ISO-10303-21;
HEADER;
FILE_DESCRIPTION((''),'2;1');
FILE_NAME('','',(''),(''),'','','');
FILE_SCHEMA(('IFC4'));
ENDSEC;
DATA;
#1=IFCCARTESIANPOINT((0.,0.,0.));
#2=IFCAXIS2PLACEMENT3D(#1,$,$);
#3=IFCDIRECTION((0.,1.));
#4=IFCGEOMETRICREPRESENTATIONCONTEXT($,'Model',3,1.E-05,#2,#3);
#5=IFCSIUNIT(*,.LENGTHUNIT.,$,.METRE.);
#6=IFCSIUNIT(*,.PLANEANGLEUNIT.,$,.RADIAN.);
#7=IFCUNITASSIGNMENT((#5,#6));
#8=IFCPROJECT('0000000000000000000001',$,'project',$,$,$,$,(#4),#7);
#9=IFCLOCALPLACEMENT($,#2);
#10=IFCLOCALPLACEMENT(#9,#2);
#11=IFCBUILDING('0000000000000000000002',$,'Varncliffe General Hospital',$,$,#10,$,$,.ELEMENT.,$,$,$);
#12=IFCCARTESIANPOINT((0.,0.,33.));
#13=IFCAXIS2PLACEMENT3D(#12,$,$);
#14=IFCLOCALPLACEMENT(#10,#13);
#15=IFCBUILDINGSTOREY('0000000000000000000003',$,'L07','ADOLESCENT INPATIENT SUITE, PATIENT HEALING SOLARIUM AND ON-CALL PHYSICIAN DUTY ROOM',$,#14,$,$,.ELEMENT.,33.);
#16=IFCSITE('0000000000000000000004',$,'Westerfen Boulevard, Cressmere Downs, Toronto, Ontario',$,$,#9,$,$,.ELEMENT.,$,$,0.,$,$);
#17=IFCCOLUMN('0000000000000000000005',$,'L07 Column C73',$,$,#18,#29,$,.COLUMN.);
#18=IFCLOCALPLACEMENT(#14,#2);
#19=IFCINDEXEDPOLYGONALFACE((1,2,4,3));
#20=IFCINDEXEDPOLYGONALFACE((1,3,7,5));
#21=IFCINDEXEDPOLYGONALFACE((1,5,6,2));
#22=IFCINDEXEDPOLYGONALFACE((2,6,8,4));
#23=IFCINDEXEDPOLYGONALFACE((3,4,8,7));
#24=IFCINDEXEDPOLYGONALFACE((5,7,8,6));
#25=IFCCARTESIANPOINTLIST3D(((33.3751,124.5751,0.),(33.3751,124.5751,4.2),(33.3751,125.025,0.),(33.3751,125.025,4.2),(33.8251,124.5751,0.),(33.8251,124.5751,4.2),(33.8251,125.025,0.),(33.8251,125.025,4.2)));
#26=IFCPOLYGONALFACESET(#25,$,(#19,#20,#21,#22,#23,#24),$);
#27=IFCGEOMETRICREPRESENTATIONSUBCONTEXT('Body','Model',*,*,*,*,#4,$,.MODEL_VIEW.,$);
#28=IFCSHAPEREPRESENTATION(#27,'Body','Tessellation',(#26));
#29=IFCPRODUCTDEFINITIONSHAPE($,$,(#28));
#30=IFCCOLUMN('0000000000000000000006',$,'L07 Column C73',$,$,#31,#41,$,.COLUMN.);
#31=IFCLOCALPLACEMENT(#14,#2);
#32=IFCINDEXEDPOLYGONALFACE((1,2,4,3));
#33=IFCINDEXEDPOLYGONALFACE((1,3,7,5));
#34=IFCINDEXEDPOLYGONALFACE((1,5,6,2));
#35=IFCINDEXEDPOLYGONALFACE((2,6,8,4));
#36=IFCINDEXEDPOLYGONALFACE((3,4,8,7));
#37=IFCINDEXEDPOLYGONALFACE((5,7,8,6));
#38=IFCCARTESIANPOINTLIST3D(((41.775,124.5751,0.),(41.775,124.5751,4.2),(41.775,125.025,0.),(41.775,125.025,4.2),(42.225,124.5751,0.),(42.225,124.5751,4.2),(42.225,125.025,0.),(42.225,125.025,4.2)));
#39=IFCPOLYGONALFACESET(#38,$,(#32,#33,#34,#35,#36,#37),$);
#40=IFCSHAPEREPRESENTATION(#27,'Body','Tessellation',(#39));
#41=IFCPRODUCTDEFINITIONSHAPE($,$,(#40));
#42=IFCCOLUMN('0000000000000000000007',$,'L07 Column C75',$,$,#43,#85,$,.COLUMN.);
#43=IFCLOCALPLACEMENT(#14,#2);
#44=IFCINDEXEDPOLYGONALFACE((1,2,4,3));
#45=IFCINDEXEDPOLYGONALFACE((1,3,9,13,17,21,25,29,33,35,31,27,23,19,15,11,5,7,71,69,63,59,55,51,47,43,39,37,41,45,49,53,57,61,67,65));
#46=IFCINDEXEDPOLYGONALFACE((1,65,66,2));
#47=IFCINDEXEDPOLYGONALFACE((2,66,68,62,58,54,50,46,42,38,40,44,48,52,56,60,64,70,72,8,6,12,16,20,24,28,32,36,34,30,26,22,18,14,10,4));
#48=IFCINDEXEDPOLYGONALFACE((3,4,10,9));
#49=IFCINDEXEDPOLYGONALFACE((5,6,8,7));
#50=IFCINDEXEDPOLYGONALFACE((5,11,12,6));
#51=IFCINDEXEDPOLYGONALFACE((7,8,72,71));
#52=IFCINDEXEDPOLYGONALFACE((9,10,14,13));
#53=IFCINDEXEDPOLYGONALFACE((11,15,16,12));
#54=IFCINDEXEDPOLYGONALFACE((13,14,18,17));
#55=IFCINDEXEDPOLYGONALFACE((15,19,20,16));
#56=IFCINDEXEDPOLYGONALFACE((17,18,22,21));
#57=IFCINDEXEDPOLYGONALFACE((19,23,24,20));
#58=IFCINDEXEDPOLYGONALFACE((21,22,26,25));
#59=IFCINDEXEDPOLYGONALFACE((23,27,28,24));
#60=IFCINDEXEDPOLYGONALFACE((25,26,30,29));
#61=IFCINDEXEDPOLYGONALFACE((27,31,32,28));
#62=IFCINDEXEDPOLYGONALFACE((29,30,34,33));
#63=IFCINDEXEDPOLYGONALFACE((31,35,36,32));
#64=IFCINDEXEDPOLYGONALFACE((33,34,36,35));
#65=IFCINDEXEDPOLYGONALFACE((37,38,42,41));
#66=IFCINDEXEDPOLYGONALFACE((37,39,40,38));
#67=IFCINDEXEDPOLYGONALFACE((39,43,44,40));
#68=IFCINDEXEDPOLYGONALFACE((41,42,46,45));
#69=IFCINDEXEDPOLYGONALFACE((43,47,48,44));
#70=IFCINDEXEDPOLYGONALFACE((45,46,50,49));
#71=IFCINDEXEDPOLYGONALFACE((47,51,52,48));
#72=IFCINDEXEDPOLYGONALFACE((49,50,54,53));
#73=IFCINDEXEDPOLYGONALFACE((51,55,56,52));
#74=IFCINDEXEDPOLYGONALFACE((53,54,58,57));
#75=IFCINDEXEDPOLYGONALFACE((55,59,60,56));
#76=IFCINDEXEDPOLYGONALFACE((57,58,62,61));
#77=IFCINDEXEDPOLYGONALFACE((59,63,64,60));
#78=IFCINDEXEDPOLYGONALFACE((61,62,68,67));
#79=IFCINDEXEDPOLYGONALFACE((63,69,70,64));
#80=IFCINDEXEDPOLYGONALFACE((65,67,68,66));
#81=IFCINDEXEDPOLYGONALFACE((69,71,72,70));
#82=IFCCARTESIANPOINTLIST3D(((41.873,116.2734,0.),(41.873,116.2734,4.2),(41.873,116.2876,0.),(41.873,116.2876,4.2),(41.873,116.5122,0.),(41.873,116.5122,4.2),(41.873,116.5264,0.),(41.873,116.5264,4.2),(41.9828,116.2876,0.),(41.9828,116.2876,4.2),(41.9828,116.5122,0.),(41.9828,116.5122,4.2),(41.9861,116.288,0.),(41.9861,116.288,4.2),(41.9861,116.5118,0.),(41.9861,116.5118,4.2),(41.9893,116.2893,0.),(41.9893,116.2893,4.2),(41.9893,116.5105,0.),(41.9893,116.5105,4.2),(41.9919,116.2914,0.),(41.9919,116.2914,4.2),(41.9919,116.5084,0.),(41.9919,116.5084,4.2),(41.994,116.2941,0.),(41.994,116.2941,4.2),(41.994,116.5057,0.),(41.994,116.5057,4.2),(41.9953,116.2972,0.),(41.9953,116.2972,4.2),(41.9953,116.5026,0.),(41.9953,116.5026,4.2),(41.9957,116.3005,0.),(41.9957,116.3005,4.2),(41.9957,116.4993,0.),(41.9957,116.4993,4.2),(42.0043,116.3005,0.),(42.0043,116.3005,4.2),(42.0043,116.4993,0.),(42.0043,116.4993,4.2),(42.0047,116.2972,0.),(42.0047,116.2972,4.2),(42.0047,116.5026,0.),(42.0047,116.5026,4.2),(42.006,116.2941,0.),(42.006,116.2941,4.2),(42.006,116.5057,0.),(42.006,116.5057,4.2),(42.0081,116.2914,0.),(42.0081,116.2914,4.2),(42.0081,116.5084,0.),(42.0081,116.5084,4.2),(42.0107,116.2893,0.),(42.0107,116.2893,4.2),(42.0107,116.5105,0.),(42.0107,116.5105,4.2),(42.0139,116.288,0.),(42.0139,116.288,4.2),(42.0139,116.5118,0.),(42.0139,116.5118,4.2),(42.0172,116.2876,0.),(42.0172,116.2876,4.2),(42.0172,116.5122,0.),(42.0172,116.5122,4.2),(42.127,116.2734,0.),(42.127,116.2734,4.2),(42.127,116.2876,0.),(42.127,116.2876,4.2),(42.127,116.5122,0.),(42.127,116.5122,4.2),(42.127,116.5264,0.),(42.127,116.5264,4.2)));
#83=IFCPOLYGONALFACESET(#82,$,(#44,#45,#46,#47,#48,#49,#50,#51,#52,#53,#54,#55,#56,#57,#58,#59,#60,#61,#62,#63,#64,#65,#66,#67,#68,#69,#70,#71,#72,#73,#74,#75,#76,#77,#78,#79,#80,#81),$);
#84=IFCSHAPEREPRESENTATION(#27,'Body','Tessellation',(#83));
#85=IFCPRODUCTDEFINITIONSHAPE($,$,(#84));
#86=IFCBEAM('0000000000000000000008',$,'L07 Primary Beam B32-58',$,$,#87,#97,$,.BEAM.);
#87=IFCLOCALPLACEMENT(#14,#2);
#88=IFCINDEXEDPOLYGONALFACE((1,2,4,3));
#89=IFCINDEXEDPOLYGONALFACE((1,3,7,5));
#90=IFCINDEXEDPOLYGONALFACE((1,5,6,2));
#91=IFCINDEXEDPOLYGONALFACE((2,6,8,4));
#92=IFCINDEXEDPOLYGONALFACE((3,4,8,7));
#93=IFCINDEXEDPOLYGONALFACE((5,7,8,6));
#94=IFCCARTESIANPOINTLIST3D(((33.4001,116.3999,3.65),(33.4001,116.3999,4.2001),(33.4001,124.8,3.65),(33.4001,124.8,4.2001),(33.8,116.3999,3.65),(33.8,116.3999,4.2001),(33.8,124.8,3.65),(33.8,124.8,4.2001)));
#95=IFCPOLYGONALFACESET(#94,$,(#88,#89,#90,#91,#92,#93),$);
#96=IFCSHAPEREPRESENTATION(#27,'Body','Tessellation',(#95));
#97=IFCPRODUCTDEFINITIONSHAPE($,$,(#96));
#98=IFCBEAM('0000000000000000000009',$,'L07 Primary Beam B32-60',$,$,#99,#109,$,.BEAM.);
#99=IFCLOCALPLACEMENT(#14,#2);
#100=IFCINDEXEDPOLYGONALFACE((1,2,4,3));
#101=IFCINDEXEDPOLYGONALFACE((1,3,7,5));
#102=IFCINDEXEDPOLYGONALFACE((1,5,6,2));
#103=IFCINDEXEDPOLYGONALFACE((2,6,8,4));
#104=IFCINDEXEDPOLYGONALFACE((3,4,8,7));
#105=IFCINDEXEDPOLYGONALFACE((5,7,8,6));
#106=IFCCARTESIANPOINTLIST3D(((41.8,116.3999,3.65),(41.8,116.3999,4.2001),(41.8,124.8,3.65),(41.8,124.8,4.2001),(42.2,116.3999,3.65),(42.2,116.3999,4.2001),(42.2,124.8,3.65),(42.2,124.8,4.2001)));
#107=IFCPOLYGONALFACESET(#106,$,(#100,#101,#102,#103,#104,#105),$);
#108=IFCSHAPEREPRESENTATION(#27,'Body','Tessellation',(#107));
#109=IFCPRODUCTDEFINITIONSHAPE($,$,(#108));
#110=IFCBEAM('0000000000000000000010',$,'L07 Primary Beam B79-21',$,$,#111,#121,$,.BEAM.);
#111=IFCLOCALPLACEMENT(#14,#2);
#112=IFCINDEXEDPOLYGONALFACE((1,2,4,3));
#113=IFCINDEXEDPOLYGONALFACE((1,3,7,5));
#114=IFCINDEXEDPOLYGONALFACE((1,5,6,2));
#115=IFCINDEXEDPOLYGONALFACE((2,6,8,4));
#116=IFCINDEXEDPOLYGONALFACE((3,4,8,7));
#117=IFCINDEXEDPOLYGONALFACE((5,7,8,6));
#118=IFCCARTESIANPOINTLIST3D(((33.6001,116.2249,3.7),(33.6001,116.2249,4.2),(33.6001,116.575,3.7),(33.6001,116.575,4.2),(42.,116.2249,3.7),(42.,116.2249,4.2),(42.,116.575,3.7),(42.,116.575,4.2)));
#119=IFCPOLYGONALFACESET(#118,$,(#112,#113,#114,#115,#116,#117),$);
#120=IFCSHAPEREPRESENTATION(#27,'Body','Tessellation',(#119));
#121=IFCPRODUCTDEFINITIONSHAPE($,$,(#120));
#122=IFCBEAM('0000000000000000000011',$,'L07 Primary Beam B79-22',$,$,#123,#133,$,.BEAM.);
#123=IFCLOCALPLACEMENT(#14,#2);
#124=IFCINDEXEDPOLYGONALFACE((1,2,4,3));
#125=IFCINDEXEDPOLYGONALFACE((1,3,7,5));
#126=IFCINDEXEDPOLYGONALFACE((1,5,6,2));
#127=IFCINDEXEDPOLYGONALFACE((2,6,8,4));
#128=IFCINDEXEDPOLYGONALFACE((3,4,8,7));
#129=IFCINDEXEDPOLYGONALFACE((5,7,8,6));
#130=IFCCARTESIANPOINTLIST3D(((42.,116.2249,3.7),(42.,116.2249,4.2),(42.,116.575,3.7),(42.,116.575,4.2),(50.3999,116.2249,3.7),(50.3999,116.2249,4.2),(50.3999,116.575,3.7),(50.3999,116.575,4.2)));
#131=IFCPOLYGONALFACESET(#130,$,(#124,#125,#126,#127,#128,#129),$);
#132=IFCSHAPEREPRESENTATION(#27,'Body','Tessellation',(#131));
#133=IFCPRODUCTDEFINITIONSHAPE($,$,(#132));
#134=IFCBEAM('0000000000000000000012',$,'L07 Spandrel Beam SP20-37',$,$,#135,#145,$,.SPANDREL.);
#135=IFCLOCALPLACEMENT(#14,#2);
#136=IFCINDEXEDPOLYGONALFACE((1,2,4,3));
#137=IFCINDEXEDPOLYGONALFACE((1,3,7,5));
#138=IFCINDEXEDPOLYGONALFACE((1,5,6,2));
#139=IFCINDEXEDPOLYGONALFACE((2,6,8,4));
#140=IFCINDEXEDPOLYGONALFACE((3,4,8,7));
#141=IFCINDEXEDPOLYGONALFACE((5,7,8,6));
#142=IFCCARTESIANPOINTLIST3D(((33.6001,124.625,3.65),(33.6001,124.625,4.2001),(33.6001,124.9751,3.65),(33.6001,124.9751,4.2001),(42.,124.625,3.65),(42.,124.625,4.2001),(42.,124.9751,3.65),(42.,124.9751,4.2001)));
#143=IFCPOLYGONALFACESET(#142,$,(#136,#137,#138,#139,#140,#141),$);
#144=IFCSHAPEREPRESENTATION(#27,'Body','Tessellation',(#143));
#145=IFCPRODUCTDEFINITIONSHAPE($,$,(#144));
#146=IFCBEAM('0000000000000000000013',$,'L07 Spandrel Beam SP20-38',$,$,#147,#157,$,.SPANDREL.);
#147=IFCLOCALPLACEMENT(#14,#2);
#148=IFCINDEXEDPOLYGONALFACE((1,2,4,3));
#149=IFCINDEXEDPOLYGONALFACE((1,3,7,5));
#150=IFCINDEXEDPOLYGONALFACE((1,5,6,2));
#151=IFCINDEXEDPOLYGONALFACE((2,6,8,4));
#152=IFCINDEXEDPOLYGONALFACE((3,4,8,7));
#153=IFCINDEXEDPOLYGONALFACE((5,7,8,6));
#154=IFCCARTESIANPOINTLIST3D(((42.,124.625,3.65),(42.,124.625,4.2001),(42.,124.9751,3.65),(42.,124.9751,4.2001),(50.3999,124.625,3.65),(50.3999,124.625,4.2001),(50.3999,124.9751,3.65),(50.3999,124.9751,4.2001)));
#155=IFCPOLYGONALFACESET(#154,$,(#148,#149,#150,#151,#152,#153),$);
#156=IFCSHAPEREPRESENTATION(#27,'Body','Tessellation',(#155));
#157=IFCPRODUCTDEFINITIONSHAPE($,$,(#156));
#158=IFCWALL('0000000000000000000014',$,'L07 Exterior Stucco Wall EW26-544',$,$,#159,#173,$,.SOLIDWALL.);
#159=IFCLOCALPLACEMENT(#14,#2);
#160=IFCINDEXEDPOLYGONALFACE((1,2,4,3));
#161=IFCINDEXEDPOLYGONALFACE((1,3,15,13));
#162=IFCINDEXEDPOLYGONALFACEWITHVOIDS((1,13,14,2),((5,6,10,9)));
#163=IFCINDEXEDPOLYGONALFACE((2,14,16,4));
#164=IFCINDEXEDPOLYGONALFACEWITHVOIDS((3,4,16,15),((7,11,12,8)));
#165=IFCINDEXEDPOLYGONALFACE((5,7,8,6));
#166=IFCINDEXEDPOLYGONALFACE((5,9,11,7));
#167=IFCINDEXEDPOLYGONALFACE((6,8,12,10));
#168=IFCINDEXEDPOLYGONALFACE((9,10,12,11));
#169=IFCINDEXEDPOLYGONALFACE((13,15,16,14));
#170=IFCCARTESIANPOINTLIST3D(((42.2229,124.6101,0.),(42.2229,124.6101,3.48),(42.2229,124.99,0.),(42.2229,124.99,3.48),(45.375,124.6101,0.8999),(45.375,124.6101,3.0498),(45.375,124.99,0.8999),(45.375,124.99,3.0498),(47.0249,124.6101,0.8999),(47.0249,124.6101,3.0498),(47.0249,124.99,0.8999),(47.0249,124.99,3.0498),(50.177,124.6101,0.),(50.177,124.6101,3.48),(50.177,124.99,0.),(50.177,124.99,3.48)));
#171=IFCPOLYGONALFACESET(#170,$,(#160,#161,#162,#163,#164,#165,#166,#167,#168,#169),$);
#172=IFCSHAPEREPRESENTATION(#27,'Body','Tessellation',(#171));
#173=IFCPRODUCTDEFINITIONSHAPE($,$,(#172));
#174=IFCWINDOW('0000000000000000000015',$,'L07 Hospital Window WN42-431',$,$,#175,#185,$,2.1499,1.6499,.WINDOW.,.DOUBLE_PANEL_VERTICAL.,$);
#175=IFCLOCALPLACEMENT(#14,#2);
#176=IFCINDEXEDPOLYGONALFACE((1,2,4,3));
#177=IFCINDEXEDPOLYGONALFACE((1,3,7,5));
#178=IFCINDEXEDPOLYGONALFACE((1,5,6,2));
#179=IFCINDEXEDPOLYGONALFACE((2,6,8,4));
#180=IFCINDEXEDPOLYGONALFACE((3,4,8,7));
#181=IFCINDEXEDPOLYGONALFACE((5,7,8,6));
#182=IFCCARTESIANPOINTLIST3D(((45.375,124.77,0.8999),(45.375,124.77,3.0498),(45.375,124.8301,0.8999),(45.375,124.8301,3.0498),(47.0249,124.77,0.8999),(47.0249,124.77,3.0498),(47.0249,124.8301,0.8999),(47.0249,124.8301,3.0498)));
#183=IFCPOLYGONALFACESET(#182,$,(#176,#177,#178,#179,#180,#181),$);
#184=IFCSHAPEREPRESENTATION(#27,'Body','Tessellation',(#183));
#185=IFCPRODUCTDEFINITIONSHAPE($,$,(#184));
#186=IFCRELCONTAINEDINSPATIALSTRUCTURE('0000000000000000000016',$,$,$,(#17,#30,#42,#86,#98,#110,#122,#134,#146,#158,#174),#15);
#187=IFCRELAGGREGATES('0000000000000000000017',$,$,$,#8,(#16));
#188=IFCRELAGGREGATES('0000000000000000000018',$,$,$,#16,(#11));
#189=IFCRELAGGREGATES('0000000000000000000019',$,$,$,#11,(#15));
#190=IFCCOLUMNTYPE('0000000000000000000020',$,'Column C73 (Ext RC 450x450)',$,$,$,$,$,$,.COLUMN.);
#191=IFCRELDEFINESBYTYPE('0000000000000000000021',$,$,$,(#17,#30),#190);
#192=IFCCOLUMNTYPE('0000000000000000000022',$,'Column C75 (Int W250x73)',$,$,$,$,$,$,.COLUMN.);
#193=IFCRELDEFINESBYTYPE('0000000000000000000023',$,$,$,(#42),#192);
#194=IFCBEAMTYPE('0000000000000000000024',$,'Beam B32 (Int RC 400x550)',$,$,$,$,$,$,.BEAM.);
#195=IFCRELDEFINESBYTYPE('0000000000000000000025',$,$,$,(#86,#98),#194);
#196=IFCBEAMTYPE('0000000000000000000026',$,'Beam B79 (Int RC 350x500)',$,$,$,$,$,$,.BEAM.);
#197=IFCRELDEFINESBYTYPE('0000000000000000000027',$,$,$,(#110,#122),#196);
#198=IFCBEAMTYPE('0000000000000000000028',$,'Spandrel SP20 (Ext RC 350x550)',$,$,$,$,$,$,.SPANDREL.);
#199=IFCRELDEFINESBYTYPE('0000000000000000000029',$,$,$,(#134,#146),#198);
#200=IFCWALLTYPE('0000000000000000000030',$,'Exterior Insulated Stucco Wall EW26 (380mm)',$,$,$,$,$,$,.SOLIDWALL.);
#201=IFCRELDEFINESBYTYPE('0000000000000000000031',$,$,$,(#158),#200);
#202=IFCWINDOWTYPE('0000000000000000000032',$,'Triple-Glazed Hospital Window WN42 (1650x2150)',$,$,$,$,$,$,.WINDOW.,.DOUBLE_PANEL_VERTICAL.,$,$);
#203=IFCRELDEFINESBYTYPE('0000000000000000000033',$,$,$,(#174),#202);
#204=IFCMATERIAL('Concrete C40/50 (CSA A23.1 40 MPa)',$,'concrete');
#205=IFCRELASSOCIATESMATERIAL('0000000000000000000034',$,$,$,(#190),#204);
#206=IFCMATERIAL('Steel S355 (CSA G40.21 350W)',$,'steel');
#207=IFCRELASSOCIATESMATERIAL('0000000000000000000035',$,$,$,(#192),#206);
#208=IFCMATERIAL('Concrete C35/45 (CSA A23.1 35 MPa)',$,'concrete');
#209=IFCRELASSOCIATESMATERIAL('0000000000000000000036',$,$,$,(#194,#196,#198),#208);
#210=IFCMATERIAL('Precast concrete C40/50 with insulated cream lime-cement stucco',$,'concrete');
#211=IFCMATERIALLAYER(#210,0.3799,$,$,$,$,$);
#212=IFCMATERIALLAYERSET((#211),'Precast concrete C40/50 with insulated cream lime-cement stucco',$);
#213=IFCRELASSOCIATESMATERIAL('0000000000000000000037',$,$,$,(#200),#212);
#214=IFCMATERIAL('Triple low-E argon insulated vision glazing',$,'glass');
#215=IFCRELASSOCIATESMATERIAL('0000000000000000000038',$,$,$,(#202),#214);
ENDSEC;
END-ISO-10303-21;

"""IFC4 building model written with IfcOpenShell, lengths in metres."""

from ifc_helpers import new_model, si_unit, direction, frame, frame_2d, origin, origin_2d, place, context, subcontext, project, spatial, rectangle, i_section, extrude, material, layer, layer_set, material_profile, profile_set, type_object, element, fill, save


model = new_model("IFC4")

# Units and contexts
model_context = context("Model", 3, precision=1e-05, world=origin(), true_north=direction((0.0, 1.0)))
body_context = subcontext(model_context, "Body", "Model", "MODEL_VIEW")
ifc_project = project(units=[si_unit("LENGTHUNIT", "METRE"), si_unit("PLANEANGLEUNIT", "RADIAN")], contexts=[model_context])

# Site, building, storey
site_placement = place(None, origin())
site = spatial("IfcSite", under=ifc_project, at=site_placement, Name="Westerfen Boulevard, Cressmere Downs, Toronto, Ontario", CompositionType="ELEMENT", RefElevation=0.0)
building_placement = place(site_placement, origin())
building = spatial("IfcBuilding", under=site, at=building_placement, Name="Varncliffe General Hospital", CompositionType="ELEMENT")
storey_placement = place(building_placement, frame((0.0, 0.0, 33.0)))
storey = spatial("IfcBuildingStorey", under=building, at=storey_placement, Name="L07", Description="ADOLESCENT INPATIENT SUITE, PATIENT HEALING SOLARIUM AND ON-CALL PHYSICIAN DUTY ROOM", CompositionType="ELEMENT", Elevation=33.0)

# Columns
ifc_material_1 = material(Name="Concrete C40/50 (CSA A23.1 40 MPa)", Category="concrete")
ifc_material_profile_1 = material_profile(ifc_material_1, rectangle(XDim=0.45, YDim=0.45, at=origin_2d()), Name="RC 450x450")
ifc_profile_set_1 = profile_set([ifc_material_profile_1], Name="Concrete C40/50 (CSA A23.1 40 MPa)")
column_type_1 = type_object("IfcColumnType", Name="Column C73 (Ext RC 450x450)", PredefinedType="COLUMN", material=ifc_profile_set_1)
for number, where, z_axis, x_axis, name in (
    (1, (33.6001, 124.8, 0.0), (0.0, 0.0, 1.0), (1.0, 0.0, 0.0), "L07 Column C73"),
    (2, (42.0, 124.8, 0.0), (0.0, 0.0, 1.0), (1.0, 0.0, 0.0), "L07 Column C73"),
):
    element("IfcColumn", number, at=place(storey_placement, frame(where, z_axis=z_axis, x_axis=x_axis)), inside=storey, type_object=column_type_1, Name=name, PredefinedType="COLUMN", context=body_context, shape_type="SweptSolid", body=[
        extrude(rectangle(XDim=0.45, YDim=0.45, at=origin_2d()), origin(), (0.0, 0.0, 1.0), 4.2),
    ])
ifc_material_2 = material(Name="Steel S355 (CSA G40.21 350W)", Category="steel")
ifc_material_profile_2 = material_profile(ifc_material_2, i_section(OverallWidth=0.2539, OverallDepth=0.2529, WebThickness=0.0085, FlangeThickness=0.0142, FilletRadius=0.0129, at=origin_2d()), Name="W250x73")
ifc_profile_set_2 = profile_set([ifc_material_profile_2], Name="Steel S355 (CSA G40.21 350W)")
column_type_2 = type_object("IfcColumnType", Name="Column C75 (Int W250x73)", PredefinedType="COLUMN", material=ifc_profile_set_2)
column_placement = place(storey_placement, frame((42.0, 116.3999, 0.0), z_axis=(0.0, 0.0, 1.0), x_axis=(1.0, 0.0, 0.0)))
element("IfcColumn", 3, at=column_placement, inside=storey, type_object=column_type_2, Name="L07 Column C75", PredefinedType="COLUMN", context=body_context, shape_type="SweptSolid", body=[
    extrude(i_section(OverallWidth=0.2539, OverallDepth=0.2529, WebThickness=0.0085, FlangeThickness=0.0142, FilletRadius=0.0129, at=origin_2d()), origin(), (0.0, 0.0, 1.0), 4.2),
])

# Beams
ifc_material_3 = material(Name="Concrete C35/45 (CSA A23.1 35 MPa)", Category="concrete")
ifc_material_profile_3 = material_profile(ifc_material_3, rectangle(XDim=0.3999, YDim=0.55, at=origin_2d()), Name="RC 400x550")
ifc_profile_set_3 = profile_set([ifc_material_profile_3], Name="Concrete C35/45 (CSA A23.1 35 MPa)")
beam_type_1 = type_object("IfcBeamType", Name="Beam B32 (Int RC 400x550)", PredefinedType="BEAM", material=ifc_profile_set_3)
for number, where, z_axis, x_axis, name in (
    (4, (33.6001, 116.3999, 3.925), (0.0, 1.0, 0.0), (-1.0, 0.0, 0.0), "L07 Primary Beam B32-58"),
    (5, (42.0, 116.3999, 3.925), (0.0, 1.0, 0.0), (-1.0, 0.0, 0.0), "L07 Primary Beam B32-60"),
):
    element("IfcBeam", number, at=place(storey_placement, frame(where, z_axis=z_axis, x_axis=x_axis)), inside=storey, type_object=beam_type_1, Name=name, PredefinedType="BEAM", context=body_context, shape_type="SweptSolid", body=[
        extrude(rectangle(XDim=0.3999, YDim=0.55, at=origin_2d()), origin(), (0.0, 0.0, 1.0), 8.4001),
    ])
ifc_material_profile_4 = material_profile(ifc_material_3, rectangle(XDim=0.3501, YDim=0.5, at=origin_2d()), Name="RC 350x500")
ifc_profile_set_4 = profile_set([ifc_material_profile_4], Name="Concrete C35/45 (CSA A23.1 35 MPa)")
beam_type_2 = type_object("IfcBeamType", Name="Beam B79 (Int RC 350x500)", PredefinedType="BEAM", material=ifc_profile_set_4)
for number, where, z_axis, x_axis, name in (
    (6, (33.6001, 116.3999, 3.95), (1.0, 0.0, 0.0), (0.0, 1.0, 0.0), "L07 Primary Beam B79-21"),
    (7, (42.0, 116.3999, 3.95), (1.0, 0.0, 0.0), (0.0, 1.0, 0.0), "L07 Primary Beam B79-22"),
):
    element("IfcBeam", number, at=place(storey_placement, frame(where, z_axis=z_axis, x_axis=x_axis)), inside=storey, type_object=beam_type_2, Name=name, PredefinedType="BEAM", context=body_context, shape_type="SweptSolid", body=[
        extrude(rectangle(XDim=0.3501, YDim=0.5, at=origin_2d()), origin(), (0.0, 0.0, 1.0), 8.3999),
    ])
ifc_material_profile_5 = material_profile(ifc_material_3, rectangle(XDim=0.3501, YDim=0.55, at=origin_2d()), Name="RC 350x550")
ifc_profile_set_5 = profile_set([ifc_material_profile_5], Name="Concrete C35/45 (CSA A23.1 35 MPa)")
beam_type_3 = type_object("IfcBeamType", Name="Spandrel SP20 (Ext RC 350x550)", PredefinedType="SPANDREL", material=ifc_profile_set_5)
for number, where, z_axis, x_axis, name in (
    (8, (33.6001, 124.8, 3.925), (1.0, 0.0, 0.0), (0.0, 1.0, 0.0), "L07 Spandrel Beam SP20-37"),
    (9, (42.0, 124.8, 3.925), (1.0, 0.0, 0.0), (0.0, 1.0, 0.0), "L07 Spandrel Beam SP20-38"),
):
    element("IfcBeam", number, at=place(storey_placement, frame(where, z_axis=z_axis, x_axis=x_axis)), inside=storey, type_object=beam_type_3, Name=name, PredefinedType="SPANDREL", context=body_context, shape_type="SweptSolid", body=[
        extrude(rectangle(XDim=0.3501, YDim=0.55, at=origin_2d()), origin(), (0.0, 0.0, 1.0), 8.3999),
    ])

# Wall, opening, window
ifc_material_4 = material(Name="Precast concrete C40/50 with insulated cream lime-cement stucco", Category="concrete")
ifc_layer_1 = layer(ifc_material_4, 0.3799)
ifc_layer_set_1 = layer_set([ifc_layer_1], Name="Precast concrete C40/50 with insulated cream lime-cement stucco")
wall_type_1 = type_object("IfcWallType", Name="Exterior Insulated Stucco Wall EW26 (380mm)", PredefinedType="SOLIDWALL", material=ifc_layer_set_1)
wall_1_placement = place(storey_placement, frame((42.2229, 124.8, 0.0), z_axis=(0.0, 0.0, 1.0), x_axis=(1.0, 0.0, 0.0)))
wall_1 = element("IfcWall", 10, at=wall_1_placement, inside=storey, type_object=wall_type_1, Name="L07 Exterior Stucco Wall EW26-544", PredefinedType="SOLIDWALL", context=body_context, shape_type="SweptSolid", body=[
    extrude(rectangle(XDim=7.9541, YDim=0.3799, at=frame_2d((3.9771, 0.0))), origin(), (0.0, 0.0, 1.0), 3.48),
])
opening_1_placement = place(wall_1_placement, frame((3.1521, 0.0, 0.8999)))
opening_1 = element("IfcOpeningElement", 11, at=opening_1_placement, cuts=wall_1, PredefinedType="OPENING", context=body_context, shape_type="SweptSolid", body=[
    extrude(rectangle(XDim=1.6499, YDim=2.1499, at=frame_2d((0.825, 1.075))), frame((0.0, 0.2, 0.0), z_axis=(0.0, -1.0, 0.0), x_axis=(1.0, 0.0, 0.0)), (0.0, 0.0, 1.0), 0.3999),
])
ifc_material_5 = material(Name="Triple low-E argon insulated vision glazing", Category="glass")
window_type_1 = type_object("IfcWindowType", Name="Triple-Glazed Hospital Window WN42 (1650x2150)", PartitioningType="DOUBLE_PANEL_VERTICAL", PredefinedType="WINDOW", material=ifc_material_5)
window_1_placement = place(opening_1_placement, origin())
window_1 = element("IfcWindow", 12, at=window_1_placement, inside=storey, type_object=window_type_1, Name="L07 Hospital Window WN42-431", OverallHeight=2.1499, OverallWidth=1.6499, PartitioningType="DOUBLE_PANEL_VERTICAL", PredefinedType="WINDOW", context=body_context, shape_type="SweptSolid", body=[
    extrude(rectangle(XDim=1.6499, YDim=2.1499, at=frame_2d((0.825, 1.075))), frame((0.0, 0.03, 0.0), z_axis=(0.0, -1.0, 0.0), x_axis=(1.0, 0.0, 0.0)), (0.0, 0.0, 1.0), 0.0601),
])
fill(opening_1, window_1)

save(model, "model.ifc")
